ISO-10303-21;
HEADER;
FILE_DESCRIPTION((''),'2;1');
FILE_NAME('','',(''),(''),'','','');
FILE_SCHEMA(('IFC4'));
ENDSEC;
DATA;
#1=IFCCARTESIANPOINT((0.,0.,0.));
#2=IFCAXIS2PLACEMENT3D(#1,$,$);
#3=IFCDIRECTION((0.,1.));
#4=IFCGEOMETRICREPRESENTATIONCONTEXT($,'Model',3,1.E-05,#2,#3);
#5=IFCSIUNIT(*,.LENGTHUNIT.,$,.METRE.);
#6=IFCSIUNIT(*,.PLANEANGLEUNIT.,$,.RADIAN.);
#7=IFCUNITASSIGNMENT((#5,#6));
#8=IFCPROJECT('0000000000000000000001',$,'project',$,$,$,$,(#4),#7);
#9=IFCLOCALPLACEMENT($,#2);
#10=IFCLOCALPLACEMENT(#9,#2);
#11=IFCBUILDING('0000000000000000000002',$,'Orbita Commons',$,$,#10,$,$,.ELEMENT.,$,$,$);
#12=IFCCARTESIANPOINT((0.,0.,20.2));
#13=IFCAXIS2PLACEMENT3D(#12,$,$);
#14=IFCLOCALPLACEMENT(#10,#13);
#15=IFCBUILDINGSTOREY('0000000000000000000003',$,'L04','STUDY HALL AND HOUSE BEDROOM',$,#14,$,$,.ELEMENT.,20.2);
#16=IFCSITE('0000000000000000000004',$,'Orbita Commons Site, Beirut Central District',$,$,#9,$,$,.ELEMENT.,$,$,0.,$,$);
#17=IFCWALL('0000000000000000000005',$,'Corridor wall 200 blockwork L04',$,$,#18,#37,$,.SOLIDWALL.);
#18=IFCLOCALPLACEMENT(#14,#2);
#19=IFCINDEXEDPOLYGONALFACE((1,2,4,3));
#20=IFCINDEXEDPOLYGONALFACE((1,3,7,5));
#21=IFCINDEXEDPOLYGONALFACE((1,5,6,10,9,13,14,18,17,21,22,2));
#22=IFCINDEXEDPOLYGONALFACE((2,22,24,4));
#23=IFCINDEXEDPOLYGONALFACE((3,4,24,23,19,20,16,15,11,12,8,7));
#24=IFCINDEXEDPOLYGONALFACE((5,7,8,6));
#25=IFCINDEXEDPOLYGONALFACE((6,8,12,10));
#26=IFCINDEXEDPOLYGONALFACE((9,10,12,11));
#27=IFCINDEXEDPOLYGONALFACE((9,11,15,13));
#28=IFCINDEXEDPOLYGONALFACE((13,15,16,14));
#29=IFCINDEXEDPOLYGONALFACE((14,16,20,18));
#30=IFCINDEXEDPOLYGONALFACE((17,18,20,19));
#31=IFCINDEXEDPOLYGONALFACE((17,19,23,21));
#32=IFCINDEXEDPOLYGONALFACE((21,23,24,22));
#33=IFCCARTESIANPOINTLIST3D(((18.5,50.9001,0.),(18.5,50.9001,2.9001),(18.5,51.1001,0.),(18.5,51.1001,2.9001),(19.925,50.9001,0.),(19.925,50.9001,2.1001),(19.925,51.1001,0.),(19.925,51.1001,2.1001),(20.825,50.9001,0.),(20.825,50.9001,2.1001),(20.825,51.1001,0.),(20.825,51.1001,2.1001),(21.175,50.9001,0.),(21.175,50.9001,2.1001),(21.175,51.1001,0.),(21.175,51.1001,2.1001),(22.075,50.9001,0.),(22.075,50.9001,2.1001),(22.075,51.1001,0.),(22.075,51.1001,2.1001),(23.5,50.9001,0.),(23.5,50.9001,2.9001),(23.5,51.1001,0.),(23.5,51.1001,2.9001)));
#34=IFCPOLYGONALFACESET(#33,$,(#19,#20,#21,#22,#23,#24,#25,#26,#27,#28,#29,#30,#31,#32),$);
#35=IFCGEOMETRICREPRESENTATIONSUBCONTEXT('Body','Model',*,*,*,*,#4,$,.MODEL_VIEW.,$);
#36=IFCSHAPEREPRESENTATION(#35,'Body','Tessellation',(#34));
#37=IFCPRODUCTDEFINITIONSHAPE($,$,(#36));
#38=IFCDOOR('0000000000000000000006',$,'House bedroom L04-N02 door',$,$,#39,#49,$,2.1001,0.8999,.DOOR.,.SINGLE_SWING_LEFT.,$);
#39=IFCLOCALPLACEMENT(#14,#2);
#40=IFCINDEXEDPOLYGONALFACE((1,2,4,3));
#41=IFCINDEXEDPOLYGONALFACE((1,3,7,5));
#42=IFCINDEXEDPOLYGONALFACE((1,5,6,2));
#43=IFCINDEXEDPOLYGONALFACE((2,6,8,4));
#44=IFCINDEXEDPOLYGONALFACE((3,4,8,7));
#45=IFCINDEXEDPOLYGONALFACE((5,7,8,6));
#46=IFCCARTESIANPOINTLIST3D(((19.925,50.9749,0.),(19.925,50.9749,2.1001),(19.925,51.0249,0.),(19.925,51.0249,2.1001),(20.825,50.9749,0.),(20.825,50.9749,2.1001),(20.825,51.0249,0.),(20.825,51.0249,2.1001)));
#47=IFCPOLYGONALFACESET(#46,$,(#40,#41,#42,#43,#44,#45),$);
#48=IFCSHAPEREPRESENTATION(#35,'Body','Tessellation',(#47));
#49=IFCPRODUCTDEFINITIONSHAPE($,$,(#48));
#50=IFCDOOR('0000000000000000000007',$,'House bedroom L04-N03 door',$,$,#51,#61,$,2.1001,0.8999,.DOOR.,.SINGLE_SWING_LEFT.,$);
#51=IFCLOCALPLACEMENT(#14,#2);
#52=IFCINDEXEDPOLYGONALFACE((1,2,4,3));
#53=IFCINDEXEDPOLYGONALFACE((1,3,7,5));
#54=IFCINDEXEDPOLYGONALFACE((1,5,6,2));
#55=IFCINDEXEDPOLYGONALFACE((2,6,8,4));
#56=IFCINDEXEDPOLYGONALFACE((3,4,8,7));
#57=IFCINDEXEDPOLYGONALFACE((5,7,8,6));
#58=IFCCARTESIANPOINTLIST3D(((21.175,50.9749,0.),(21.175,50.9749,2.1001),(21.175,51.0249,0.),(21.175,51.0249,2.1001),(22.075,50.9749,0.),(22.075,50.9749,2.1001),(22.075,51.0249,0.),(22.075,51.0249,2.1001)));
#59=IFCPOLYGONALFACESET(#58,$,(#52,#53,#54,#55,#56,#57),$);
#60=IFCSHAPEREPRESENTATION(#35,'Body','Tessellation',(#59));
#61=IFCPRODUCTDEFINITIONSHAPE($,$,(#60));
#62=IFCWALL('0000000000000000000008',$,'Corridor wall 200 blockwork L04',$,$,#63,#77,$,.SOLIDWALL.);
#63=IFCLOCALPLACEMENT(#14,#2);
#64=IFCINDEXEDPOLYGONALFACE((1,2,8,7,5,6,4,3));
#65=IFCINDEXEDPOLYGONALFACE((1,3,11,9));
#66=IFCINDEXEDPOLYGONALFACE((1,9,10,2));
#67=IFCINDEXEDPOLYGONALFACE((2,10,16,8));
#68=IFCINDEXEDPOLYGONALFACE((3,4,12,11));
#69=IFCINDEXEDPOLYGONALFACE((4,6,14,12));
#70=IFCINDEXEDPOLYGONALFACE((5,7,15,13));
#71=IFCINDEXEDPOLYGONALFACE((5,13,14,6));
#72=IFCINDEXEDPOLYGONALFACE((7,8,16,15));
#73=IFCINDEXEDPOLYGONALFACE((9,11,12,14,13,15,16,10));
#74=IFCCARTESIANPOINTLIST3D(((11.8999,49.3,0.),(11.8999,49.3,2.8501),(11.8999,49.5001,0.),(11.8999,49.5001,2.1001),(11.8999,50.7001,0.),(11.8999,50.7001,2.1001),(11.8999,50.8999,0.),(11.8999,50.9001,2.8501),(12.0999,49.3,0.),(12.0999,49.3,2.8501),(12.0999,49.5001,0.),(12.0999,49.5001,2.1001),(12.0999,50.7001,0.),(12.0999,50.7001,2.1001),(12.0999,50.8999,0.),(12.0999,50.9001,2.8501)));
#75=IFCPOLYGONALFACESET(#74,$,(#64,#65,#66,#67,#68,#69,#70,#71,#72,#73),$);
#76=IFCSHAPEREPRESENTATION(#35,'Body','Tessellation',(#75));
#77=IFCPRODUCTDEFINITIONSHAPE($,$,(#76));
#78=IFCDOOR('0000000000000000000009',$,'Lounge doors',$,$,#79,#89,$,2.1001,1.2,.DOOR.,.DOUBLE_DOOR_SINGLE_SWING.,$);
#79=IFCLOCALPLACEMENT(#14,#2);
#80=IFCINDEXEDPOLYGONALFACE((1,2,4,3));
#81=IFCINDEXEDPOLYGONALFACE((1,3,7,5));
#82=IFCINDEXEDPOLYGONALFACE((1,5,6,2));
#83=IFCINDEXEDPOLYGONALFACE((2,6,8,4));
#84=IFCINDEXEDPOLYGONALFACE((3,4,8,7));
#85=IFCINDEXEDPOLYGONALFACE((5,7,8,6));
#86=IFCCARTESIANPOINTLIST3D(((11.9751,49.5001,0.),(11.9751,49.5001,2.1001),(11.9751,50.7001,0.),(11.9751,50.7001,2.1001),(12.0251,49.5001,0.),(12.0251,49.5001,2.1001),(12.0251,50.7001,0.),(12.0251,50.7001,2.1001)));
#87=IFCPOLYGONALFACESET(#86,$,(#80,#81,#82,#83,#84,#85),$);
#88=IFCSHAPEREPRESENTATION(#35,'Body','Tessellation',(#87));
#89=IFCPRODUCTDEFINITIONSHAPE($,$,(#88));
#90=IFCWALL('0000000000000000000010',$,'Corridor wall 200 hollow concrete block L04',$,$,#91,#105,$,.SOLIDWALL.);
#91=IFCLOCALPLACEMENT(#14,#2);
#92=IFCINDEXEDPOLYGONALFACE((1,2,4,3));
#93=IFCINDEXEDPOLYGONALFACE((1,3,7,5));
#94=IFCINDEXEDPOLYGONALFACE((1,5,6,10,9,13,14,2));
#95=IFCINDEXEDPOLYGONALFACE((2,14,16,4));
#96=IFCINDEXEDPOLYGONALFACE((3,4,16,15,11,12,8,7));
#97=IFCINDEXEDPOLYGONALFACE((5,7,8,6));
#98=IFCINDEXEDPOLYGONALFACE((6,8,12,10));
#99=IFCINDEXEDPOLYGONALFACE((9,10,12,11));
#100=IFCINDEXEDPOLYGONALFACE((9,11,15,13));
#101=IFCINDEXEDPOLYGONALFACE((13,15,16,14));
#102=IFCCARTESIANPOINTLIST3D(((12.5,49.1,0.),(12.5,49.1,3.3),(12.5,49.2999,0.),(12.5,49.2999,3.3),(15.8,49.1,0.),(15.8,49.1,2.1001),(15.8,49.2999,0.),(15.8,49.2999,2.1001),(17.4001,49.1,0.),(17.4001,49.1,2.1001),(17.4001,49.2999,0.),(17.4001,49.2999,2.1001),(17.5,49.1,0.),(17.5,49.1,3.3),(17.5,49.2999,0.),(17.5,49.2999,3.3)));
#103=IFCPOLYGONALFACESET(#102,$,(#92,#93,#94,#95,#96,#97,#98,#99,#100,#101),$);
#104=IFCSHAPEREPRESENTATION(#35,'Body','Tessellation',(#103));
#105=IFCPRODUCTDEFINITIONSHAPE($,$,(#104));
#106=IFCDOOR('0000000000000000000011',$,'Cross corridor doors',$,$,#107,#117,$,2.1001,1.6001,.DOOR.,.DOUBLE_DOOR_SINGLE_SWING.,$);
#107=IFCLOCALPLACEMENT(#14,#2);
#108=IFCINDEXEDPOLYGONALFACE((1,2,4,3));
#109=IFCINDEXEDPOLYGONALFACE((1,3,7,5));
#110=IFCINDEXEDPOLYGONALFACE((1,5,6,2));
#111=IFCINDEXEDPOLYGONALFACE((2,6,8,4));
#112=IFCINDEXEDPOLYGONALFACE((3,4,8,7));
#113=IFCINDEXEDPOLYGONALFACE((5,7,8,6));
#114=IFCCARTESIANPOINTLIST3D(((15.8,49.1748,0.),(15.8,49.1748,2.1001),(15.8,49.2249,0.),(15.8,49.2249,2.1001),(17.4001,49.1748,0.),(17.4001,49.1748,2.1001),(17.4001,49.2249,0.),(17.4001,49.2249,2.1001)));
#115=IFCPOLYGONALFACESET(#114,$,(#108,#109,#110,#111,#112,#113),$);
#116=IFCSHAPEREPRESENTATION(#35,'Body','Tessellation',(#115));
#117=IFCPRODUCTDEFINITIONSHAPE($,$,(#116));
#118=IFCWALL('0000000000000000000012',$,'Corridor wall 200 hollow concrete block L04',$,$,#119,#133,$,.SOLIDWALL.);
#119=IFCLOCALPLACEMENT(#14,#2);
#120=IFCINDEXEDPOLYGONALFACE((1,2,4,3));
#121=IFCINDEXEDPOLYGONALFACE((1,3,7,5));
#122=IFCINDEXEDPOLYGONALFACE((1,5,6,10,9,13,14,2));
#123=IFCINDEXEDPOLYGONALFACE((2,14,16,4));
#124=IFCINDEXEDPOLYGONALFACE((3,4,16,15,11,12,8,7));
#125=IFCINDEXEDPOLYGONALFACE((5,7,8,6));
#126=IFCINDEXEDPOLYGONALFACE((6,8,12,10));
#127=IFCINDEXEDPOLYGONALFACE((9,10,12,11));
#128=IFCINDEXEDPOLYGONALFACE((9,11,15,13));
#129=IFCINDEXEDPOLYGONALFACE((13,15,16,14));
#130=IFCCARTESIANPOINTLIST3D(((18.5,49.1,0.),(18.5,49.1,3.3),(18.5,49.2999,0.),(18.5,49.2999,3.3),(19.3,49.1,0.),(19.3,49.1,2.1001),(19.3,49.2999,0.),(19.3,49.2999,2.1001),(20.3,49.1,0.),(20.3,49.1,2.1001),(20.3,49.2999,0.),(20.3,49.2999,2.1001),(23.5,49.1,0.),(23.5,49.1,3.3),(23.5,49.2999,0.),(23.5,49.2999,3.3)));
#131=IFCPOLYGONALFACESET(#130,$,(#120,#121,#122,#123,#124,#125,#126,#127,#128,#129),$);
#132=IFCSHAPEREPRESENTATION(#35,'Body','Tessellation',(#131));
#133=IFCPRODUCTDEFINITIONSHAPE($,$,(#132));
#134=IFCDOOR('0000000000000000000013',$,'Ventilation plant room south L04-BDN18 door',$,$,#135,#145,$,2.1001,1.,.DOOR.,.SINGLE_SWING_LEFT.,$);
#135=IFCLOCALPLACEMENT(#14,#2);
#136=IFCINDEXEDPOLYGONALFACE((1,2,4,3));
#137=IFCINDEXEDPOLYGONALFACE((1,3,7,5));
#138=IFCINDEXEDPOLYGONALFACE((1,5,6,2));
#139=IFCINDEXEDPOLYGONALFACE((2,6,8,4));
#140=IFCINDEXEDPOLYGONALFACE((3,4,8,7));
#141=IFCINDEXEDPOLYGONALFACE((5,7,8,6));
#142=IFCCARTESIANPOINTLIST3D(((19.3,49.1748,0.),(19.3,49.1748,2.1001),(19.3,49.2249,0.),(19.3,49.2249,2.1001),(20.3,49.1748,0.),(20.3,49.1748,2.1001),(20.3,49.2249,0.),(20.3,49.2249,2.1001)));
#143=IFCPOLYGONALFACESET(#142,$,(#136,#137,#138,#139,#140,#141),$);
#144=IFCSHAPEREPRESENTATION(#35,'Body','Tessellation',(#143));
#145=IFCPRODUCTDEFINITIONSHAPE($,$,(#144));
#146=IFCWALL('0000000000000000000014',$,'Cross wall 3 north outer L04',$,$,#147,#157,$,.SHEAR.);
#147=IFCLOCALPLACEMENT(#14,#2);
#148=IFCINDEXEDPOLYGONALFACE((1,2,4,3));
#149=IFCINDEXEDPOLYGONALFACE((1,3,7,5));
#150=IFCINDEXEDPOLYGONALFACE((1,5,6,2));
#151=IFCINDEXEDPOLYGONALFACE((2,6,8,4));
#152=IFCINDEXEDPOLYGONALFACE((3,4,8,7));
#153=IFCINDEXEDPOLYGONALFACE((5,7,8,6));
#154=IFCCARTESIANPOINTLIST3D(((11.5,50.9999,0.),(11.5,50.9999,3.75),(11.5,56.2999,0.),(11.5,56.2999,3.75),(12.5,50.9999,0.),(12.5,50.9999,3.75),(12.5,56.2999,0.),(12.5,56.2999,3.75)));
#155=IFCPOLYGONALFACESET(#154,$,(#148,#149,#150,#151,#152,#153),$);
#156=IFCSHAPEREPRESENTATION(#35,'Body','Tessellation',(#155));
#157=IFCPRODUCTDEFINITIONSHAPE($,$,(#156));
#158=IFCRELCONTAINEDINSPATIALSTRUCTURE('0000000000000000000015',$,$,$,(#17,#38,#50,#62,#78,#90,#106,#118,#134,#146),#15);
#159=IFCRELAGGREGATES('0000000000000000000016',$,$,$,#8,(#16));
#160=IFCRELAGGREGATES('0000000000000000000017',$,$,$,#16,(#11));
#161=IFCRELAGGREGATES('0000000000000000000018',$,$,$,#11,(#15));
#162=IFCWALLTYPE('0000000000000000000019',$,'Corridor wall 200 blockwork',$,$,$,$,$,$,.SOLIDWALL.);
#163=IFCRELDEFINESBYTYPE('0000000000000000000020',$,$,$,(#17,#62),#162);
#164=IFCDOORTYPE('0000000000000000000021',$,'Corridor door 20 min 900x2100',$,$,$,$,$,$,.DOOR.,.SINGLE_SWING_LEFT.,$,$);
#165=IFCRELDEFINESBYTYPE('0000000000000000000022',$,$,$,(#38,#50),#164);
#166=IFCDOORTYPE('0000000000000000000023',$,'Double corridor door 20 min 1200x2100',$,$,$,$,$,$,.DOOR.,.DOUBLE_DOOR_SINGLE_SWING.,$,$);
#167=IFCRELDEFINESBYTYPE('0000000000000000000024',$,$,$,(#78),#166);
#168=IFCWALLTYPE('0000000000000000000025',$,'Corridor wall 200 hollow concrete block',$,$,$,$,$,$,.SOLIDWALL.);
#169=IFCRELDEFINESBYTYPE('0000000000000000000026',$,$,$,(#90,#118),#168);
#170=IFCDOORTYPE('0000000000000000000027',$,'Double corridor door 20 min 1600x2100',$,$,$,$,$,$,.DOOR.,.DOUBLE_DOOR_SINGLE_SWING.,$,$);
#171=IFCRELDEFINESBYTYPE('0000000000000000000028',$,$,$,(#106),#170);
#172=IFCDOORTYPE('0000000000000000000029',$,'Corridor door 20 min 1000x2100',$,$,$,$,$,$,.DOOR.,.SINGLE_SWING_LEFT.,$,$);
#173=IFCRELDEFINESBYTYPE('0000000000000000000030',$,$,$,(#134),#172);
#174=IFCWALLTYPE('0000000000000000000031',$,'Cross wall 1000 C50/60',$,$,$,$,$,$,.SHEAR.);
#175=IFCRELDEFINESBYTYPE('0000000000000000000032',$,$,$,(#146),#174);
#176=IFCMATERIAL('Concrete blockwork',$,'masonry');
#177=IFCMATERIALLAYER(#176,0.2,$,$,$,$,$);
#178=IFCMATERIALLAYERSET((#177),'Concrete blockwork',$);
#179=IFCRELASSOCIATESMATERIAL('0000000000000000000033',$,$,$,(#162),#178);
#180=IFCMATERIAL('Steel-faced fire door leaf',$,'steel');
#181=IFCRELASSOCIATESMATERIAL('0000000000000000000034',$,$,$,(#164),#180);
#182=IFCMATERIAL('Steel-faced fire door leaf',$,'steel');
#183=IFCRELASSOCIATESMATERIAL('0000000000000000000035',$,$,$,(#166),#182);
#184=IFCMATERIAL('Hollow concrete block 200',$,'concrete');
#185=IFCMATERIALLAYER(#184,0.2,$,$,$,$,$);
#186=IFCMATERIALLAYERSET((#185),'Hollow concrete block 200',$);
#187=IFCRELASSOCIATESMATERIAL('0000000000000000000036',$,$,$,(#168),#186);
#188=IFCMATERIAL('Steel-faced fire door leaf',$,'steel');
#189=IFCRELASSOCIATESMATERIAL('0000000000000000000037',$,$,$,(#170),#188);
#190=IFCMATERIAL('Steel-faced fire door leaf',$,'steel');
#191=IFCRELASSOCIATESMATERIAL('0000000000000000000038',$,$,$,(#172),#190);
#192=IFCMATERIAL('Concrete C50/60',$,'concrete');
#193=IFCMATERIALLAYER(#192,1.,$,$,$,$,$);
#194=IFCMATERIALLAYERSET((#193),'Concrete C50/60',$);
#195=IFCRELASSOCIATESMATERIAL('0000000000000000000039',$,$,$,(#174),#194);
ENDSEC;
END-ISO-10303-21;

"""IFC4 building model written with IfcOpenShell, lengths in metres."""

from ifc_helpers import new_model, si_unit, direction, frame, frame_2d, origin, place, context, subcontext, project, spatial, polyline, rectangle, outline, extrude, material, layer, layer_set, type_object, element, fill, save


model = new_model("IFC4")

# Units and contexts
model_context = context("Model", 3, precision=1e-05, world=origin(), true_north=direction((0.0, 1.0)))
body_context = subcontext(model_context, "Body", "Model", "MODEL_VIEW")
ifc_project = project(units=[si_unit("LENGTHUNIT", "METRE"), si_unit("PLANEANGLEUNIT", "RADIAN")], contexts=[model_context])

# Site, building, storey
site_placement = place(None, origin())
site = spatial("IfcSite", under=ifc_project, at=site_placement, Name="Orbita Commons Site, Beirut Central District", CompositionType="ELEMENT", RefElevation=0.0)
building_placement = place(site_placement, origin())
building = spatial("IfcBuilding", under=site, at=building_placement, Name="Orbita Commons", CompositionType="ELEMENT")
storey_placement = place(building_placement, frame((0.0, 0.0, 20.2)))
storey = spatial("IfcBuildingStorey", under=building, at=storey_placement, Name="L04", Description="STUDY HALL AND HOUSE BEDROOM", CompositionType="ELEMENT", Elevation=20.2)

# Wall, openings, doors
ifc_material_1 = material(Name="Concrete blockwork", Category="masonry")
ifc_layer_1 = layer(ifc_material_1, 0.2)
ifc_layer_set_1 = layer_set([ifc_layer_1], Name="Concrete blockwork")
wall_type_1 = type_object("IfcWallType", Name="Corridor wall 200 blockwork", PredefinedType="SOLIDWALL", material=ifc_layer_set_1)
ifc_material_2 = material(Name="Steel-faced fire door leaf", Category="steel")
door_type_1 = type_object("IfcDoorType", Name="Corridor door 20 min 900x2100", OperationType="SINGLE_SWING_LEFT", PredefinedType="DOOR", material=ifc_material_2)
wall_1_placement = place(storey_placement, frame((18.5, 51.0, 0.0), z_axis=(0.0, 0.0, 1.0), x_axis=(1.0, 0.0, 0.0)))
wall_1 = element("IfcWall", 1, at=wall_1_placement, inside=storey, type_object=wall_type_1, Name="Corridor wall 200 blockwork L04", PredefinedType="SOLIDWALL", context=body_context, shape_type="SweptSolid", body=[
    extrude(outline(polyline([(0.0, 0.0), (5.0, 0.0), (5.0, 2.9001), (0.0, 2.9001), (0.0, 0.0)])), frame((0.0, 0.1001, 0.0), z_axis=(0.0, -1.0, 0.0), x_axis=(1.0, 0.0, 0.0)), (0.0, 0.0, 1.0), 0.2),
])
opening_1_placement = place(wall_1_placement, frame((1.425, 0.0, 0.0)))
opening_1 = element("IfcOpeningElement", 2, at=opening_1_placement, cuts=wall_1, PredefinedType="OPENING", context=body_context, shape_type="SweptSolid", body=[
    extrude(rectangle(XDim=0.8999, YDim=2.1001, at=frame_2d((0.45, 1.05))), frame((0.0, 0.1099, 0.0), z_axis=(0.0, -1.0, 0.0), x_axis=(1.0, 0.0, 0.0)), (0.0, 0.0, 1.0), 0.22),
])
opening_2_placement = place(wall_1_placement, frame((2.675, 0.0, 0.0)))
opening_2 = element("IfcOpeningElement", 3, at=opening_2_placement, cuts=wall_1, PredefinedType="OPENING", context=body_context, shape_type="SweptSolid", body=[
    extrude(rectangle(XDim=0.8999, YDim=2.1001, at=frame_2d((0.45, 1.05))), frame((0.0, 0.1099, 0.0), z_axis=(0.0, -1.0, 0.0), x_axis=(1.0, 0.0, 0.0)), (0.0, 0.0, 1.0), 0.22),
])
door_1_placement = place(opening_1_placement, origin())
door_1 = element("IfcDoor", 4, at=door_1_placement, inside=storey, type_object=door_type_1, Name="House bedroom L04-N02 door", OperationType="SINGLE_SWING_LEFT", OverallHeight=2.1001, OverallWidth=0.8999, PredefinedType="DOOR", context=body_context, shape_type="SweptSolid", body=[
    extrude(rectangle(XDim=0.8999, YDim=2.1001, at=frame_2d((0.45, 1.05))), frame((0.0, 0.0249, 0.0), z_axis=(0.0, -1.0, 0.0), x_axis=(1.0, 0.0, 0.0)), (0.0, 0.0, 1.0), 0.05),
])
fill(opening_1, door_1)
door_2_placement = place(opening_2_placement, origin())
door_2 = element("IfcDoor", 5, at=door_2_placement, inside=storey, type_object=door_type_1, Name="House bedroom L04-N03 door", OperationType="SINGLE_SWING_LEFT", OverallHeight=2.1001, OverallWidth=0.8999, PredefinedType="DOOR", context=body_context, shape_type="SweptSolid", body=[
    extrude(rectangle(XDim=0.8999, YDim=2.1001, at=frame_2d((0.45, 1.05))), frame((0.0, 0.0249, 0.0), z_axis=(0.0, -1.0, 0.0), x_axis=(1.0, 0.0, 0.0)), (0.0, 0.0, 1.0), 0.05),
])
fill(opening_2, door_2)

# Walls, openings, doors
wall_2_placement = place(storey_placement, frame((12.0, 49.3, 0.0), z_axis=(0.0, 0.0, 1.0), x_axis=(0.0, 1.0, 0.0)))
wall_2 = element("IfcWall", 6, at=wall_2_placement, inside=storey, type_object=wall_type_1, Name="Corridor wall 200 blockwork L04", PredefinedType="SOLIDWALL", context=body_context, shape_type="SweptSolid", body=[
    extrude(outline(polyline([(0.0, 0.0), (1.5999, 0.0), (1.6001, 2.8501), (0.0, 2.8501), (0.0, 0.0)])), frame((0.0, 0.1001, 0.0), z_axis=(0.0, -1.0, 0.0), x_axis=(1.0, 0.0, 0.0)), (0.0, 0.0, 1.0), 0.2),
])
opening_3_placement = place(wall_2_placement, frame((0.2, 0.0, 0.0)))
opening_3 = element("IfcOpeningElement", 7, at=opening_3_placement, cuts=wall_2, PredefinedType="OPENING", context=body_context, shape_type="SweptSolid", body=[
    extrude(rectangle(XDim=1.2, YDim=2.1001, at=frame_2d((0.6001, 1.05))), frame((0.0, 0.1099, 0.0), z_axis=(0.0, -1.0, 0.0), x_axis=(1.0, 0.0, 0.0)), (0.0, 0.0, 1.0), 0.22),
])
ifc_material_3 = material(Name="Steel-faced fire door leaf", Category="steel")
door_type_2 = type_object("IfcDoorType", Name="Double corridor door 20 min 1200x2100", OperationType="DOUBLE_DOOR_SINGLE_SWING", PredefinedType="DOOR", material=ifc_material_3)
door_3_placement = place(opening_3_placement, origin())
door_3 = element("IfcDoor", 8, at=door_3_placement, inside=storey, type_object=door_type_2, Name="Lounge doors", OperationType="DOUBLE_DOOR_SINGLE_SWING", OverallHeight=2.1001, OverallWidth=1.2, PredefinedType="DOOR", context=body_context, shape_type="SweptSolid", body=[
    extrude(rectangle(XDim=1.2, YDim=2.1001, at=frame_2d((0.6001, 1.05))), frame((0.0, 0.0249, 0.0), z_axis=(0.0, -1.0, 0.0), x_axis=(1.0, 0.0, 0.0)), (0.0, 0.0, 1.0), 0.05),
])
fill(opening_3, door_3)
ifc_material_4 = material(Name="Hollow concrete block 200", Category="concrete")
ifc_layer_2 = layer(ifc_material_4, 0.2)
ifc_layer_set_2 = layer_set([ifc_layer_2], Name="Hollow concrete block 200")
wall_type_2 = type_object("IfcWallType", Name="Corridor wall 200 hollow concrete block", PredefinedType="SOLIDWALL", material=ifc_layer_set_2)
wall_3_placement = place(storey_placement, frame((12.5, 49.2, 0.0), z_axis=(0.0, 0.0, 1.0), x_axis=(1.0, 0.0, 0.0)))
wall_3 = element("IfcWall", 9, at=wall_3_placement, inside=storey, type_object=wall_type_2, Name="Corridor wall 200 hollow concrete block L04", PredefinedType="SOLIDWALL", context=body_context, shape_type="SweptSolid", body=[
    extrude(rectangle(XDim=5.0, YDim=0.2, at=frame_2d((2.5, 0.0))), origin(), (0.0, 0.0, 1.0), 3.3),
])
opening_4_placement = place(wall_3_placement, frame((3.3, 0.0, 0.0)))
opening_4 = element("IfcOpeningElement", 10, at=opening_4_placement, cuts=wall_3, PredefinedType="OPENING", context=body_context, shape_type="SweptSolid", body=[
    extrude(rectangle(XDim=1.6001, YDim=2.1001, at=frame_2d((0.8, 1.05))), frame((0.0, 0.1099, 0.0), z_axis=(0.0, -1.0, 0.0), x_axis=(1.0, 0.0, 0.0)), (0.0, 0.0, 1.0), 0.22),
])
ifc_material_5 = material(Name="Steel-faced fire door leaf", Category="steel")
door_type_3 = type_object("IfcDoorType", Name="Double corridor door 20 min 1600x2100", OperationType="DOUBLE_DOOR_SINGLE_SWING", PredefinedType="DOOR", material=ifc_material_5)
door_4_placement = place(opening_4_placement, origin())
door_4 = element("IfcDoor", 11, at=door_4_placement, inside=storey, type_object=door_type_3, Name="Cross corridor doors", OperationType="DOUBLE_DOOR_SINGLE_SWING", OverallHeight=2.1001, OverallWidth=1.6001, PredefinedType="DOOR", context=body_context, shape_type="SweptSolid", body=[
    extrude(rectangle(XDim=1.6001, YDim=2.1001, at=frame_2d((0.8, 1.05))), frame((0.0, 0.0249, 0.0), z_axis=(0.0, -1.0, 0.0), x_axis=(1.0, 0.0, 0.0)), (0.0, 0.0, 1.0), 0.05),
])
fill(opening_4, door_4)
wall_4_placement = place(storey_placement, frame((18.5, 49.2, 0.0), z_axis=(0.0, 0.0, 1.0), x_axis=(1.0, 0.0, 0.0)))
wall_4 = element("IfcWall", 12, at=wall_4_placement, inside=storey, type_object=wall_type_2, Name="Corridor wall 200 hollow concrete block L04", PredefinedType="SOLIDWALL", context=body_context, shape_type="SweptSolid", body=[
    extrude(rectangle(XDim=5.0, YDim=0.2, at=frame_2d((2.5, 0.0))), origin(), (0.0, 0.0, 1.0), 3.3),
])
opening_5_placement = place(wall_4_placement, frame((0.8, 0.0, 0.0)))
opening_5 = element("IfcOpeningElement", 13, at=opening_5_placement, cuts=wall_4, PredefinedType="OPENING", context=body_context, shape_type="SweptSolid", body=[
    extrude(rectangle(XDim=1.0, YDim=2.1001, at=frame_2d((0.5, 1.05))), frame((0.0, 0.1099, 0.0), z_axis=(0.0, -1.0, 0.0), x_axis=(1.0, 0.0, 0.0)), (0.0, 0.0, 1.0), 0.22),
])
ifc_material_6 = material(Name="Steel-faced fire door leaf", Category="steel")
door_type_4 = type_object("IfcDoorType", Name="Corridor door 20 min 1000x2100", OperationType="SINGLE_SWING_LEFT", PredefinedType="DOOR", material=ifc_material_6)
door_5_placement = place(opening_5_placement, origin())
door_5 = element("IfcDoor", 14, at=door_5_placement, inside=storey, type_object=door_type_4, Name="Ventilation plant room south L04-BDN18 door", OperationType="SINGLE_SWING_LEFT", OverallHeight=2.1001, OverallWidth=1.0, PredefinedType="DOOR", context=body_context, shape_type="SweptSolid", body=[
    extrude(rectangle(XDim=1.0, YDim=2.1001, at=frame_2d((0.5, 1.05))), frame((0.0, 0.0249, 0.0), z_axis=(0.0, -1.0, 0.0), x_axis=(1.0, 0.0, 0.0)), (0.0, 0.0, 1.0), 0.05),
])
fill(opening_5, door_5)

# Wall
ifc_material_7 = material(Name="Concrete C50/60", Category="concrete")
ifc_layer_3 = layer(ifc_material_7, 1.0)
ifc_layer_set_3 = layer_set([ifc_layer_3], Name="Concrete C50/60")
wall_type_3 = type_object("IfcWallType", Name="Cross wall 1000 C50/60", PredefinedType="SHEAR", material=ifc_layer_set_3)
for number, where, z_axis, x_axis, name in (
    (15, (12.0, 51.0, 0.0), (0.0, 0.0, 1.0), (0.0, 1.0, 0.0), "Cross wall 3 north outer L04"),
):
    element("IfcWall", number, at=place(storey_placement, frame(where, z_axis=z_axis, x_axis=x_axis)), inside=storey, type_object=wall_type_3, Name=name, PredefinedType="SHEAR", context=body_context, shape_type="SweptSolid", body=[
        extrude(rectangle(XDim=5.3, YDim=1.0, at=frame_2d((2.6499, 0.0))), origin(), (0.0, 0.0, 1.0), 3.75),
    ])

save(model, "model.ifc")
